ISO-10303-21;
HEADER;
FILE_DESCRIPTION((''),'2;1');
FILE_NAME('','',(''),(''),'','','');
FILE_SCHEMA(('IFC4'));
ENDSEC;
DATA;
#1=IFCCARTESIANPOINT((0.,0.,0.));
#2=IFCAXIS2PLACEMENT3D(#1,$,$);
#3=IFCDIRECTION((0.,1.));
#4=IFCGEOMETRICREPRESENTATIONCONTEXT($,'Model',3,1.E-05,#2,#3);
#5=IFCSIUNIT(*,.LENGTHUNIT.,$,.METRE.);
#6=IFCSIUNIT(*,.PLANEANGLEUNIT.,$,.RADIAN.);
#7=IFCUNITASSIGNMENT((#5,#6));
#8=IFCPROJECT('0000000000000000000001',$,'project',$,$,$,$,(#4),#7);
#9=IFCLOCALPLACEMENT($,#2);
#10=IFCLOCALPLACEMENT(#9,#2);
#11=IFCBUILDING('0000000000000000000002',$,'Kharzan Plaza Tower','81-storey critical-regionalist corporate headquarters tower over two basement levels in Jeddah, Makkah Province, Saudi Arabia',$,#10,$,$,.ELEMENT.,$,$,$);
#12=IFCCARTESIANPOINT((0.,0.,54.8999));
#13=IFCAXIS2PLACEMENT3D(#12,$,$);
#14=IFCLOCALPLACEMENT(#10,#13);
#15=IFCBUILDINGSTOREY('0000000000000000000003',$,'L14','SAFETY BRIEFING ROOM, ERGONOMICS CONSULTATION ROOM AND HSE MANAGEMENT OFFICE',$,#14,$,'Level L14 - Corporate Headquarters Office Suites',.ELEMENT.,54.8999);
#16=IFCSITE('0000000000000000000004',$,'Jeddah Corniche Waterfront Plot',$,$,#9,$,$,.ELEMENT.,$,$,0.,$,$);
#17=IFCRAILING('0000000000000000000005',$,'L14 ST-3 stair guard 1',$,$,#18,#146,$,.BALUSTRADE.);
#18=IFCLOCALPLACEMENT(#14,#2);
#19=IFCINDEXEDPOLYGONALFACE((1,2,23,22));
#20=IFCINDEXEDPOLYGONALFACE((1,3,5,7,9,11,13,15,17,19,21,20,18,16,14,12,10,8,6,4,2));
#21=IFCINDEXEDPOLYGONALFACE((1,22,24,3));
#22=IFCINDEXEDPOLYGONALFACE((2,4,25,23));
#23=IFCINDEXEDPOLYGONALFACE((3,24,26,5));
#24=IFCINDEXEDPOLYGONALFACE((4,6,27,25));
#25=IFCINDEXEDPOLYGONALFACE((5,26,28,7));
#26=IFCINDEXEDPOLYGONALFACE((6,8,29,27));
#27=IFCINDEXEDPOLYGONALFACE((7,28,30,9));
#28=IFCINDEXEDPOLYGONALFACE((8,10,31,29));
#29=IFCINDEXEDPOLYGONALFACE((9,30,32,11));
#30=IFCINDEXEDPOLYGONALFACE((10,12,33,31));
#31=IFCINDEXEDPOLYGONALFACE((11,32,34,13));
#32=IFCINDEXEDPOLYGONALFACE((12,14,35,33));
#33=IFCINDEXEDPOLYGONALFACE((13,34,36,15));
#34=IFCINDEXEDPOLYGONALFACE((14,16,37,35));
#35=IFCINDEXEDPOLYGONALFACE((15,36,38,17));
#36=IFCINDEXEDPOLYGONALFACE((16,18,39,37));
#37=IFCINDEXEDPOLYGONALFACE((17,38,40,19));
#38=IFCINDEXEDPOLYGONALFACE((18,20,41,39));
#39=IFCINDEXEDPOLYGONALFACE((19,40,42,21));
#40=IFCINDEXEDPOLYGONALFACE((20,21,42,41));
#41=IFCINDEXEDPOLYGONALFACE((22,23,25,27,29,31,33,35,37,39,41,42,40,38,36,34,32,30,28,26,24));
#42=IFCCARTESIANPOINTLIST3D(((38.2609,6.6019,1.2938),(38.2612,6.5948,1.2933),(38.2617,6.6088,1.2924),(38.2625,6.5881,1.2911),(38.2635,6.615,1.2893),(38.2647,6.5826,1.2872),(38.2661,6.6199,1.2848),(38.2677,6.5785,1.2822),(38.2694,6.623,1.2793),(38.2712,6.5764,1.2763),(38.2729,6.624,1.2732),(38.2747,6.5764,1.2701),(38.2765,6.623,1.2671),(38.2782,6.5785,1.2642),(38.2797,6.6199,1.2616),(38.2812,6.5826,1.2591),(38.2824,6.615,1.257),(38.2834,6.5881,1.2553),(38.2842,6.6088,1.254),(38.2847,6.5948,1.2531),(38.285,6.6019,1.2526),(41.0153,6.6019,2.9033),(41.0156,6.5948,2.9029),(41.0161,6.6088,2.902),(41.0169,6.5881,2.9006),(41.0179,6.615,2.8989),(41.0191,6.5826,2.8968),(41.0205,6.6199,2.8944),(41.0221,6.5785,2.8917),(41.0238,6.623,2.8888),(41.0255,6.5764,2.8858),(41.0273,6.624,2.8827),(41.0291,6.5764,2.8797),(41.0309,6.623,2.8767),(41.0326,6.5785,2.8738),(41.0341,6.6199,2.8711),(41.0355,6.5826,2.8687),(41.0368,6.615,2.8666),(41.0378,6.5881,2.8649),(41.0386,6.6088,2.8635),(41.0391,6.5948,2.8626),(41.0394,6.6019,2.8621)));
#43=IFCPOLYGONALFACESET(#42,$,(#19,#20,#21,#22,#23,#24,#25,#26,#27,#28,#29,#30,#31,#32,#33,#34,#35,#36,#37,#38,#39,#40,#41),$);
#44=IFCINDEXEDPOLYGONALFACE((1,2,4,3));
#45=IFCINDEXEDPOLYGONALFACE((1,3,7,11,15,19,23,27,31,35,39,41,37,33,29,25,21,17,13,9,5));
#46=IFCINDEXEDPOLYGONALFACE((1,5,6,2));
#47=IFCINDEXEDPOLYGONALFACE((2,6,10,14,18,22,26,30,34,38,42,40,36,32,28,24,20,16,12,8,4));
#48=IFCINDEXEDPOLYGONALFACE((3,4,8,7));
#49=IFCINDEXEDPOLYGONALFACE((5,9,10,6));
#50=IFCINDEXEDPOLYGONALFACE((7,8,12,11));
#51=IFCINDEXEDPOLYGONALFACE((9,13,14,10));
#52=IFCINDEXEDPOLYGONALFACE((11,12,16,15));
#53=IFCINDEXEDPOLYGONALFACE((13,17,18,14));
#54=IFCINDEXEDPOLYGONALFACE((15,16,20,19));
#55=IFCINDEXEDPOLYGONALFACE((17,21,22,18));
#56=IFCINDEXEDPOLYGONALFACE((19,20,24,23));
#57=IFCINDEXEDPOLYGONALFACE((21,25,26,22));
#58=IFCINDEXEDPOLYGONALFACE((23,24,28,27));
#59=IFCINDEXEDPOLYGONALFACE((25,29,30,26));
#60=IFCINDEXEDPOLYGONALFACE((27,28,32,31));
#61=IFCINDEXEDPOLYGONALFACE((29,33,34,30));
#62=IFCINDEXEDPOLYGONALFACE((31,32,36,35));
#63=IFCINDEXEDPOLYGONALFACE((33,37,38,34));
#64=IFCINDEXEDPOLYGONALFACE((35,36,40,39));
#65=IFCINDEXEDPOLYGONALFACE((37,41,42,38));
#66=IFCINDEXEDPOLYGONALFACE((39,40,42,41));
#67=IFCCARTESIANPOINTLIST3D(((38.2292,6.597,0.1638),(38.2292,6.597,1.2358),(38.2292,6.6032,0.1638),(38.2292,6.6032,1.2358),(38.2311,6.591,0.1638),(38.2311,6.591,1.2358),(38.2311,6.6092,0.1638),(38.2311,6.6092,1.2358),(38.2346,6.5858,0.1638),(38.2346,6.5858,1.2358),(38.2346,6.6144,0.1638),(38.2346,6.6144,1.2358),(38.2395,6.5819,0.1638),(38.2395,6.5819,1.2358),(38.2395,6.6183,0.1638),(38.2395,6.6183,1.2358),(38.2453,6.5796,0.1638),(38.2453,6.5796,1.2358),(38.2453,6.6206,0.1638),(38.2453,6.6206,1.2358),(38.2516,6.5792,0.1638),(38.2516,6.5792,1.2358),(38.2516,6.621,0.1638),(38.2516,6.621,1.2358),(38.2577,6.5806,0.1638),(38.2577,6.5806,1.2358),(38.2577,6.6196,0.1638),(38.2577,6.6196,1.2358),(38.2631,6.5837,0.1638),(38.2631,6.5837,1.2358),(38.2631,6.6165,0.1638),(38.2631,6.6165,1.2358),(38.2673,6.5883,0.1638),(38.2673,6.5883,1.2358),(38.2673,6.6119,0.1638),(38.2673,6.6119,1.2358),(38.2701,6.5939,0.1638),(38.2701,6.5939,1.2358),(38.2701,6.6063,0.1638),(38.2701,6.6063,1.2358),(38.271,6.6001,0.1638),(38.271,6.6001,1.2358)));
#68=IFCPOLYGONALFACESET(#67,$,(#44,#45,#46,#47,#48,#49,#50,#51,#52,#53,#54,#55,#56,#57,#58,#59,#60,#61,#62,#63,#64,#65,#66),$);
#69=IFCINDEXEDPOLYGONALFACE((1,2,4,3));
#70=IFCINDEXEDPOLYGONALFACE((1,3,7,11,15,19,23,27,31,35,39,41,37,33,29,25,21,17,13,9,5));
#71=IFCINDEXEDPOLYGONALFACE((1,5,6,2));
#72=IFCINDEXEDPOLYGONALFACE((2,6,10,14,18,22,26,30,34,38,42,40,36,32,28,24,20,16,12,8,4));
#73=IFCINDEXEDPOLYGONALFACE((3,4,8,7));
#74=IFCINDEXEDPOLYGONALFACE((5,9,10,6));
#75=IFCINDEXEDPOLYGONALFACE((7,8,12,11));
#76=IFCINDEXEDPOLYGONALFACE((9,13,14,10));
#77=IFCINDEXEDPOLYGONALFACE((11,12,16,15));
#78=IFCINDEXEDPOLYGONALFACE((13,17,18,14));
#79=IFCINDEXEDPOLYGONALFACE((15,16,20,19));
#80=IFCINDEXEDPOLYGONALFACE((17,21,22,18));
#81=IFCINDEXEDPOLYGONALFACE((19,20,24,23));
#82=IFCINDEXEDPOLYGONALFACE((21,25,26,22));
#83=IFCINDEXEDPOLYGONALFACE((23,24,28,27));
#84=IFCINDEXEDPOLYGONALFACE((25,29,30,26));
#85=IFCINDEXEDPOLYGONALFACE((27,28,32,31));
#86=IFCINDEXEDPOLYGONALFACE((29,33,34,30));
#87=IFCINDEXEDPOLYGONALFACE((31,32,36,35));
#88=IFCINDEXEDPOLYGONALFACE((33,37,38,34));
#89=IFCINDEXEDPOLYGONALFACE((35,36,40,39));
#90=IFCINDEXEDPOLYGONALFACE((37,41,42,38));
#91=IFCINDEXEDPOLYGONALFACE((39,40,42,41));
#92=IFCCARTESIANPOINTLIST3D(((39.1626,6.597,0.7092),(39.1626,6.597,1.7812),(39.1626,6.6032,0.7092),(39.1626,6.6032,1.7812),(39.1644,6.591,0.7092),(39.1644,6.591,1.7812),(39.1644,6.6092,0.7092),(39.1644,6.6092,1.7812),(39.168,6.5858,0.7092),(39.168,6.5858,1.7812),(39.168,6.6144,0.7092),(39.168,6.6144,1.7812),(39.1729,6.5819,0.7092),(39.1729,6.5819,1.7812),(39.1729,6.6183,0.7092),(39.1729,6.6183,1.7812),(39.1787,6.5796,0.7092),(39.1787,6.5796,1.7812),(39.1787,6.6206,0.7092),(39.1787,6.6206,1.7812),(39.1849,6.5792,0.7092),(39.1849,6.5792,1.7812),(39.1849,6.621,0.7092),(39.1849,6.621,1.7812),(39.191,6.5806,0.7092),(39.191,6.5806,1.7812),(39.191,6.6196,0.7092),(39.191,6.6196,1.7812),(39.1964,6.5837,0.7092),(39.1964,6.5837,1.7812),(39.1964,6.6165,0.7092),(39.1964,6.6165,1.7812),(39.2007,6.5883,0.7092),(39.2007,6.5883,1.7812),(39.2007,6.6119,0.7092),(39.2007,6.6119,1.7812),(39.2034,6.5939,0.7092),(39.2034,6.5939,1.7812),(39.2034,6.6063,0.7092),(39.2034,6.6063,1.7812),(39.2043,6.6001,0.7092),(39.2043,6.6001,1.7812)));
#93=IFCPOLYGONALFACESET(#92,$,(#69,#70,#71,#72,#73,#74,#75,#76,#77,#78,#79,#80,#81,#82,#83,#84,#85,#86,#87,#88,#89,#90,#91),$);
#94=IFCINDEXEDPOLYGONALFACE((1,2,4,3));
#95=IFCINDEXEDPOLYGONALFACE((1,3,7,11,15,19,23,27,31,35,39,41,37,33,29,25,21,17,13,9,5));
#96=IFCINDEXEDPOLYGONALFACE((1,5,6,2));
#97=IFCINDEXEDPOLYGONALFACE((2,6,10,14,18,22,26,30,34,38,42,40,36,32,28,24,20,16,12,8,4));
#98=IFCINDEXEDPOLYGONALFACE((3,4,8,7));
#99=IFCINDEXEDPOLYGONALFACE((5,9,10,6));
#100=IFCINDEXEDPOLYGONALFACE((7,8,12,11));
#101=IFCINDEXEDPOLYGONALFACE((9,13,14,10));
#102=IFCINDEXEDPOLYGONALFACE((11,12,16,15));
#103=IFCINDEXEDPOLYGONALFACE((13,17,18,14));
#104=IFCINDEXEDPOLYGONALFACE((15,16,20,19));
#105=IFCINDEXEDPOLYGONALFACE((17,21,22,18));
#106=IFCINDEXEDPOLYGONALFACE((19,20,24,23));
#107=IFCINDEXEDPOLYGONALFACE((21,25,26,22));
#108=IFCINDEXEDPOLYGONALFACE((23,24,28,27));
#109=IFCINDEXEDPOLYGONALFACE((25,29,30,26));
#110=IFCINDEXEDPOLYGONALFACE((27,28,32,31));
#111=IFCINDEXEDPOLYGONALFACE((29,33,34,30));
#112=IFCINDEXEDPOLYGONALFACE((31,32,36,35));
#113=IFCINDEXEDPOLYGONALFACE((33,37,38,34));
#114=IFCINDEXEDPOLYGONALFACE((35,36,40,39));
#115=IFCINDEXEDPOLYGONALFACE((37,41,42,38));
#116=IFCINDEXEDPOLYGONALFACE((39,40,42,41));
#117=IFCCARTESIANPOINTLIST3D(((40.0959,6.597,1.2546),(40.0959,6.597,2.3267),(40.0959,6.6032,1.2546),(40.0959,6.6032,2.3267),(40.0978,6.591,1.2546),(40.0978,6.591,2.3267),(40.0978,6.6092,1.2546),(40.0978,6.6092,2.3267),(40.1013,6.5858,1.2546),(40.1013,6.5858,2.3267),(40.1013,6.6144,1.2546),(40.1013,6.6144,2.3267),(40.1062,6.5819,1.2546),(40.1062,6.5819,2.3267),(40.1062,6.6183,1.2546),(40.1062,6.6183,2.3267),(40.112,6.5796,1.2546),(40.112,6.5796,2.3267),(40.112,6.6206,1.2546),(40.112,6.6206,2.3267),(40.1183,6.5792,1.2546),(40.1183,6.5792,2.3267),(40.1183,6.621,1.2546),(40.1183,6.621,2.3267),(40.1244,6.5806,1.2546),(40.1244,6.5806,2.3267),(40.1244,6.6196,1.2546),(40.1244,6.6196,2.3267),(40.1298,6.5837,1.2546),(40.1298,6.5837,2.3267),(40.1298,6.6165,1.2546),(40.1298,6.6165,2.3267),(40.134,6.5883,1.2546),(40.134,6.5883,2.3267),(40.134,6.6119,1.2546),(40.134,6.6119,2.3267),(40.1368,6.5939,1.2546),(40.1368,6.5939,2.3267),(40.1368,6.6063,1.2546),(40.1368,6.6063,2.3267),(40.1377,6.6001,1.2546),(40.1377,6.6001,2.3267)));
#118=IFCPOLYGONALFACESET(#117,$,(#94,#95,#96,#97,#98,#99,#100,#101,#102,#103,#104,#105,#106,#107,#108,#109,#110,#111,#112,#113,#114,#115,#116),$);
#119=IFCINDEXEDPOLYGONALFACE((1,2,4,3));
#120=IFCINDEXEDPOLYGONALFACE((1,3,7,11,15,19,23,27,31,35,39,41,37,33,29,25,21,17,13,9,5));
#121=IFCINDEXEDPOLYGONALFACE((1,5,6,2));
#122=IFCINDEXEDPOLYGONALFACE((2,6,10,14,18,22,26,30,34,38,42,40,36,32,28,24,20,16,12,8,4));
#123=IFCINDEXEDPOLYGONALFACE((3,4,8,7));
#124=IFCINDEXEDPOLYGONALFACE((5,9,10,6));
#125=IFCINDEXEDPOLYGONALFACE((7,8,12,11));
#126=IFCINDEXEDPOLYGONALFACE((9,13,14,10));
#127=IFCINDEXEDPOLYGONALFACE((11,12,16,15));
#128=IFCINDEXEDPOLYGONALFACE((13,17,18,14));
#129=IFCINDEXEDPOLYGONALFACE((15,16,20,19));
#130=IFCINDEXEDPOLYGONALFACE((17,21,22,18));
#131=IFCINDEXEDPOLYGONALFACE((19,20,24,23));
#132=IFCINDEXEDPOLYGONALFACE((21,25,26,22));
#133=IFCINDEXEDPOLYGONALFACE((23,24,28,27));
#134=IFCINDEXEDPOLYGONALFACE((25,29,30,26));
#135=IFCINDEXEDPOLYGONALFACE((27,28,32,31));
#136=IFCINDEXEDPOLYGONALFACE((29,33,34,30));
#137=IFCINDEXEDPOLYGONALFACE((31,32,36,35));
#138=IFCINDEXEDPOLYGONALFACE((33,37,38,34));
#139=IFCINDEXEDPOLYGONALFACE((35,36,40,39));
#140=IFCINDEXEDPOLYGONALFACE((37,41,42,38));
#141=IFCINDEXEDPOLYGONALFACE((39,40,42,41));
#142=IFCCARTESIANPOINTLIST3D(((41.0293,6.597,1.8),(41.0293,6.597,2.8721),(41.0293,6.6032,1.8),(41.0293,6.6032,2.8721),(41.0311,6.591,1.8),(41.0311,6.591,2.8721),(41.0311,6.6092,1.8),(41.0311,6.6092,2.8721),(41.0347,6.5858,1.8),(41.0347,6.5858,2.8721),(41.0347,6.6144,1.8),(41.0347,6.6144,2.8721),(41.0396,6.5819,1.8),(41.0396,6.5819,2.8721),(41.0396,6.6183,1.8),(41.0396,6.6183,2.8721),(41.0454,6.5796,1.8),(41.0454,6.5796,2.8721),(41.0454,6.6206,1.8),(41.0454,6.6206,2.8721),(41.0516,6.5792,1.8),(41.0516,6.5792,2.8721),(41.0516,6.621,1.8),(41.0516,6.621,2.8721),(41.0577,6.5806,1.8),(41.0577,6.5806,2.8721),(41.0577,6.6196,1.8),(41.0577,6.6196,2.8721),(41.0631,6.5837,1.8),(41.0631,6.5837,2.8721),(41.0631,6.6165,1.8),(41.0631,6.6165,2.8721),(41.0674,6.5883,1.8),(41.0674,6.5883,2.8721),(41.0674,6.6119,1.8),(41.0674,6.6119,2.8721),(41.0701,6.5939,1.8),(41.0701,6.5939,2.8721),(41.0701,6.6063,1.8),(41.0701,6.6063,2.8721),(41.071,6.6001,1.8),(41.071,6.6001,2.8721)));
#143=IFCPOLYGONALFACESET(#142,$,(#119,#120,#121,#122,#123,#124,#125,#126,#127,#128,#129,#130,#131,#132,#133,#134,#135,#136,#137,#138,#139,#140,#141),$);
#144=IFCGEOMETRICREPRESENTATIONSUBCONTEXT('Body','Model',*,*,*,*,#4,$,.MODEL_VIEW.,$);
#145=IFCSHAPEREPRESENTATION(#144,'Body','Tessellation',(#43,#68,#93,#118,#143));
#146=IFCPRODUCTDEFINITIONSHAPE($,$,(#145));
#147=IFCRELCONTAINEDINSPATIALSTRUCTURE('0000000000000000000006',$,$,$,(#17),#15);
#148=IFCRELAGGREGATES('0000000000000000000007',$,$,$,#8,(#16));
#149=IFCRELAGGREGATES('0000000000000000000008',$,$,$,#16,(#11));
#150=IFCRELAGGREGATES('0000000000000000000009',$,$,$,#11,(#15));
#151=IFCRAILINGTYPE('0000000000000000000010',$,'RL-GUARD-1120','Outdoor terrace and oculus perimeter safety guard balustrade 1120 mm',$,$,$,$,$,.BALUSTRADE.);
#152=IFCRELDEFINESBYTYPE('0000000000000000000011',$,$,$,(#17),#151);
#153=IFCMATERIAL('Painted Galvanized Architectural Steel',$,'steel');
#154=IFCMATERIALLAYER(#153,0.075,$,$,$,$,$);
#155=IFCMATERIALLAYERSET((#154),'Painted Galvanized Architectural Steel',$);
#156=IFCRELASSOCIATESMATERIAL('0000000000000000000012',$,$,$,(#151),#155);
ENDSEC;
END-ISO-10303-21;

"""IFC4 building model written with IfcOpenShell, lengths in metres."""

from ifc_helpers import new_model, si_unit, direction, frame, origin, origin_2d, place, context, subcontext, project, spatial, circle, extrude, source, transform, mapped, material, layer, layer_set, type_object, element, save


model = new_model("IFC4")

# Units and contexts
model_context = context("Model", 3, precision=1e-05, world=origin(), true_north=direction((0.0, 1.0)))
body_context = subcontext(model_context, "Body", "Model", "MODEL_VIEW")
ifc_project = project(units=[si_unit("LENGTHUNIT", "METRE"), si_unit("PLANEANGLEUNIT", "RADIAN")], contexts=[model_context])

# Site, building, storey
site_placement = place(None, origin())
site = spatial("IfcSite", under=ifc_project, at=site_placement, Name="Jeddah Corniche Waterfront Plot", CompositionType="ELEMENT", RefElevation=0.0)
building_placement = place(site_placement, origin())
building = spatial("IfcBuilding", under=site, at=building_placement, Name="Kharzan Plaza Tower", Description="81-storey critical-regionalist corporate headquarters tower over two basement levels in Jeddah, Makkah Province, Saudi Arabia", CompositionType="ELEMENT")
storey_placement = place(building_placement, frame((0.0, 0.0, 54.8999)))
storey = spatial("IfcBuildingStorey", under=building, at=storey_placement, Name="L14", Description="SAFETY BRIEFING ROOM, ERGONOMICS CONSULTATION ROOM AND HSE MANAGEMENT OFFICE", LongName="Level L14 - Corporate Headquarters Office Suites", CompositionType="ELEMENT", Elevation=54.8999)

# Railing
ifc_material_1 = material(Name="Painted Galvanized Architectural Steel", Category="steel")
ifc_layer_1 = layer(ifc_material_1, 0.075)
ifc_layer_set_1 = layer_set([ifc_layer_1], Name="Painted Galvanized Architectural Steel")
railing_type_1 = type_object("IfcRailingType", Name="RL-GUARD-1120", Description="Outdoor terrace and oculus perimeter safety guard balustrade 1120 mm", PredefinedType="BALUSTRADE", material=ifc_layer_set_1)
shared_shape_1 = source(origin(), body_context, "Body", "SweptSolid", [
    extrude(circle(Radius=0.0239, at=origin_2d()), frame((0.0229, 0.0, 1.1094), z_axis=(0.863394, 0.0, 0.504531), x_axis=(0.0, 1.0, 0.0)), (0.0, 0.0, 1.0), 3.1902),
    extrude(circle(Radius=0.021, at=origin_2d()), origin(), (0.0, 0.0, 1.0), 1.072),
    extrude(circle(Radius=0.021, at=origin_2d()), frame((0.9333, 0.0, 0.5454)), (0.0, 0.0, 1.0), 1.072),
    extrude(circle(Radius=0.021, at=origin_2d()), frame((1.8667, 0.0, 1.0908)), (0.0, 0.0, 1.0), 1.072),
    extrude(circle(Radius=0.021, at=origin_2d()), frame((2.8, 0.0, 1.6362)), (0.0, 0.0, 1.0), 1.072),
])
railing_1_placement = place(storey_placement, frame((38.25, 6.6001, 0.1638)))
element("IfcRailing", 1, at=railing_1_placement, inside=storey, type_object=railing_type_1, Name="L14 ST-3 stair guard 1", PredefinedType="BALUSTRADE", context=body_context, shape_type="MappedRepresentation", body=[
    mapped(shared_shape_1, transform((0.0, 0.0, 0.0), x_axis=(1.0, 0.0, 0.0), y_axis=(0.0, 1.0, 0.0), z_axis=(0.0, 0.0, 1.0))),
])

save(model, "model.ifc")
